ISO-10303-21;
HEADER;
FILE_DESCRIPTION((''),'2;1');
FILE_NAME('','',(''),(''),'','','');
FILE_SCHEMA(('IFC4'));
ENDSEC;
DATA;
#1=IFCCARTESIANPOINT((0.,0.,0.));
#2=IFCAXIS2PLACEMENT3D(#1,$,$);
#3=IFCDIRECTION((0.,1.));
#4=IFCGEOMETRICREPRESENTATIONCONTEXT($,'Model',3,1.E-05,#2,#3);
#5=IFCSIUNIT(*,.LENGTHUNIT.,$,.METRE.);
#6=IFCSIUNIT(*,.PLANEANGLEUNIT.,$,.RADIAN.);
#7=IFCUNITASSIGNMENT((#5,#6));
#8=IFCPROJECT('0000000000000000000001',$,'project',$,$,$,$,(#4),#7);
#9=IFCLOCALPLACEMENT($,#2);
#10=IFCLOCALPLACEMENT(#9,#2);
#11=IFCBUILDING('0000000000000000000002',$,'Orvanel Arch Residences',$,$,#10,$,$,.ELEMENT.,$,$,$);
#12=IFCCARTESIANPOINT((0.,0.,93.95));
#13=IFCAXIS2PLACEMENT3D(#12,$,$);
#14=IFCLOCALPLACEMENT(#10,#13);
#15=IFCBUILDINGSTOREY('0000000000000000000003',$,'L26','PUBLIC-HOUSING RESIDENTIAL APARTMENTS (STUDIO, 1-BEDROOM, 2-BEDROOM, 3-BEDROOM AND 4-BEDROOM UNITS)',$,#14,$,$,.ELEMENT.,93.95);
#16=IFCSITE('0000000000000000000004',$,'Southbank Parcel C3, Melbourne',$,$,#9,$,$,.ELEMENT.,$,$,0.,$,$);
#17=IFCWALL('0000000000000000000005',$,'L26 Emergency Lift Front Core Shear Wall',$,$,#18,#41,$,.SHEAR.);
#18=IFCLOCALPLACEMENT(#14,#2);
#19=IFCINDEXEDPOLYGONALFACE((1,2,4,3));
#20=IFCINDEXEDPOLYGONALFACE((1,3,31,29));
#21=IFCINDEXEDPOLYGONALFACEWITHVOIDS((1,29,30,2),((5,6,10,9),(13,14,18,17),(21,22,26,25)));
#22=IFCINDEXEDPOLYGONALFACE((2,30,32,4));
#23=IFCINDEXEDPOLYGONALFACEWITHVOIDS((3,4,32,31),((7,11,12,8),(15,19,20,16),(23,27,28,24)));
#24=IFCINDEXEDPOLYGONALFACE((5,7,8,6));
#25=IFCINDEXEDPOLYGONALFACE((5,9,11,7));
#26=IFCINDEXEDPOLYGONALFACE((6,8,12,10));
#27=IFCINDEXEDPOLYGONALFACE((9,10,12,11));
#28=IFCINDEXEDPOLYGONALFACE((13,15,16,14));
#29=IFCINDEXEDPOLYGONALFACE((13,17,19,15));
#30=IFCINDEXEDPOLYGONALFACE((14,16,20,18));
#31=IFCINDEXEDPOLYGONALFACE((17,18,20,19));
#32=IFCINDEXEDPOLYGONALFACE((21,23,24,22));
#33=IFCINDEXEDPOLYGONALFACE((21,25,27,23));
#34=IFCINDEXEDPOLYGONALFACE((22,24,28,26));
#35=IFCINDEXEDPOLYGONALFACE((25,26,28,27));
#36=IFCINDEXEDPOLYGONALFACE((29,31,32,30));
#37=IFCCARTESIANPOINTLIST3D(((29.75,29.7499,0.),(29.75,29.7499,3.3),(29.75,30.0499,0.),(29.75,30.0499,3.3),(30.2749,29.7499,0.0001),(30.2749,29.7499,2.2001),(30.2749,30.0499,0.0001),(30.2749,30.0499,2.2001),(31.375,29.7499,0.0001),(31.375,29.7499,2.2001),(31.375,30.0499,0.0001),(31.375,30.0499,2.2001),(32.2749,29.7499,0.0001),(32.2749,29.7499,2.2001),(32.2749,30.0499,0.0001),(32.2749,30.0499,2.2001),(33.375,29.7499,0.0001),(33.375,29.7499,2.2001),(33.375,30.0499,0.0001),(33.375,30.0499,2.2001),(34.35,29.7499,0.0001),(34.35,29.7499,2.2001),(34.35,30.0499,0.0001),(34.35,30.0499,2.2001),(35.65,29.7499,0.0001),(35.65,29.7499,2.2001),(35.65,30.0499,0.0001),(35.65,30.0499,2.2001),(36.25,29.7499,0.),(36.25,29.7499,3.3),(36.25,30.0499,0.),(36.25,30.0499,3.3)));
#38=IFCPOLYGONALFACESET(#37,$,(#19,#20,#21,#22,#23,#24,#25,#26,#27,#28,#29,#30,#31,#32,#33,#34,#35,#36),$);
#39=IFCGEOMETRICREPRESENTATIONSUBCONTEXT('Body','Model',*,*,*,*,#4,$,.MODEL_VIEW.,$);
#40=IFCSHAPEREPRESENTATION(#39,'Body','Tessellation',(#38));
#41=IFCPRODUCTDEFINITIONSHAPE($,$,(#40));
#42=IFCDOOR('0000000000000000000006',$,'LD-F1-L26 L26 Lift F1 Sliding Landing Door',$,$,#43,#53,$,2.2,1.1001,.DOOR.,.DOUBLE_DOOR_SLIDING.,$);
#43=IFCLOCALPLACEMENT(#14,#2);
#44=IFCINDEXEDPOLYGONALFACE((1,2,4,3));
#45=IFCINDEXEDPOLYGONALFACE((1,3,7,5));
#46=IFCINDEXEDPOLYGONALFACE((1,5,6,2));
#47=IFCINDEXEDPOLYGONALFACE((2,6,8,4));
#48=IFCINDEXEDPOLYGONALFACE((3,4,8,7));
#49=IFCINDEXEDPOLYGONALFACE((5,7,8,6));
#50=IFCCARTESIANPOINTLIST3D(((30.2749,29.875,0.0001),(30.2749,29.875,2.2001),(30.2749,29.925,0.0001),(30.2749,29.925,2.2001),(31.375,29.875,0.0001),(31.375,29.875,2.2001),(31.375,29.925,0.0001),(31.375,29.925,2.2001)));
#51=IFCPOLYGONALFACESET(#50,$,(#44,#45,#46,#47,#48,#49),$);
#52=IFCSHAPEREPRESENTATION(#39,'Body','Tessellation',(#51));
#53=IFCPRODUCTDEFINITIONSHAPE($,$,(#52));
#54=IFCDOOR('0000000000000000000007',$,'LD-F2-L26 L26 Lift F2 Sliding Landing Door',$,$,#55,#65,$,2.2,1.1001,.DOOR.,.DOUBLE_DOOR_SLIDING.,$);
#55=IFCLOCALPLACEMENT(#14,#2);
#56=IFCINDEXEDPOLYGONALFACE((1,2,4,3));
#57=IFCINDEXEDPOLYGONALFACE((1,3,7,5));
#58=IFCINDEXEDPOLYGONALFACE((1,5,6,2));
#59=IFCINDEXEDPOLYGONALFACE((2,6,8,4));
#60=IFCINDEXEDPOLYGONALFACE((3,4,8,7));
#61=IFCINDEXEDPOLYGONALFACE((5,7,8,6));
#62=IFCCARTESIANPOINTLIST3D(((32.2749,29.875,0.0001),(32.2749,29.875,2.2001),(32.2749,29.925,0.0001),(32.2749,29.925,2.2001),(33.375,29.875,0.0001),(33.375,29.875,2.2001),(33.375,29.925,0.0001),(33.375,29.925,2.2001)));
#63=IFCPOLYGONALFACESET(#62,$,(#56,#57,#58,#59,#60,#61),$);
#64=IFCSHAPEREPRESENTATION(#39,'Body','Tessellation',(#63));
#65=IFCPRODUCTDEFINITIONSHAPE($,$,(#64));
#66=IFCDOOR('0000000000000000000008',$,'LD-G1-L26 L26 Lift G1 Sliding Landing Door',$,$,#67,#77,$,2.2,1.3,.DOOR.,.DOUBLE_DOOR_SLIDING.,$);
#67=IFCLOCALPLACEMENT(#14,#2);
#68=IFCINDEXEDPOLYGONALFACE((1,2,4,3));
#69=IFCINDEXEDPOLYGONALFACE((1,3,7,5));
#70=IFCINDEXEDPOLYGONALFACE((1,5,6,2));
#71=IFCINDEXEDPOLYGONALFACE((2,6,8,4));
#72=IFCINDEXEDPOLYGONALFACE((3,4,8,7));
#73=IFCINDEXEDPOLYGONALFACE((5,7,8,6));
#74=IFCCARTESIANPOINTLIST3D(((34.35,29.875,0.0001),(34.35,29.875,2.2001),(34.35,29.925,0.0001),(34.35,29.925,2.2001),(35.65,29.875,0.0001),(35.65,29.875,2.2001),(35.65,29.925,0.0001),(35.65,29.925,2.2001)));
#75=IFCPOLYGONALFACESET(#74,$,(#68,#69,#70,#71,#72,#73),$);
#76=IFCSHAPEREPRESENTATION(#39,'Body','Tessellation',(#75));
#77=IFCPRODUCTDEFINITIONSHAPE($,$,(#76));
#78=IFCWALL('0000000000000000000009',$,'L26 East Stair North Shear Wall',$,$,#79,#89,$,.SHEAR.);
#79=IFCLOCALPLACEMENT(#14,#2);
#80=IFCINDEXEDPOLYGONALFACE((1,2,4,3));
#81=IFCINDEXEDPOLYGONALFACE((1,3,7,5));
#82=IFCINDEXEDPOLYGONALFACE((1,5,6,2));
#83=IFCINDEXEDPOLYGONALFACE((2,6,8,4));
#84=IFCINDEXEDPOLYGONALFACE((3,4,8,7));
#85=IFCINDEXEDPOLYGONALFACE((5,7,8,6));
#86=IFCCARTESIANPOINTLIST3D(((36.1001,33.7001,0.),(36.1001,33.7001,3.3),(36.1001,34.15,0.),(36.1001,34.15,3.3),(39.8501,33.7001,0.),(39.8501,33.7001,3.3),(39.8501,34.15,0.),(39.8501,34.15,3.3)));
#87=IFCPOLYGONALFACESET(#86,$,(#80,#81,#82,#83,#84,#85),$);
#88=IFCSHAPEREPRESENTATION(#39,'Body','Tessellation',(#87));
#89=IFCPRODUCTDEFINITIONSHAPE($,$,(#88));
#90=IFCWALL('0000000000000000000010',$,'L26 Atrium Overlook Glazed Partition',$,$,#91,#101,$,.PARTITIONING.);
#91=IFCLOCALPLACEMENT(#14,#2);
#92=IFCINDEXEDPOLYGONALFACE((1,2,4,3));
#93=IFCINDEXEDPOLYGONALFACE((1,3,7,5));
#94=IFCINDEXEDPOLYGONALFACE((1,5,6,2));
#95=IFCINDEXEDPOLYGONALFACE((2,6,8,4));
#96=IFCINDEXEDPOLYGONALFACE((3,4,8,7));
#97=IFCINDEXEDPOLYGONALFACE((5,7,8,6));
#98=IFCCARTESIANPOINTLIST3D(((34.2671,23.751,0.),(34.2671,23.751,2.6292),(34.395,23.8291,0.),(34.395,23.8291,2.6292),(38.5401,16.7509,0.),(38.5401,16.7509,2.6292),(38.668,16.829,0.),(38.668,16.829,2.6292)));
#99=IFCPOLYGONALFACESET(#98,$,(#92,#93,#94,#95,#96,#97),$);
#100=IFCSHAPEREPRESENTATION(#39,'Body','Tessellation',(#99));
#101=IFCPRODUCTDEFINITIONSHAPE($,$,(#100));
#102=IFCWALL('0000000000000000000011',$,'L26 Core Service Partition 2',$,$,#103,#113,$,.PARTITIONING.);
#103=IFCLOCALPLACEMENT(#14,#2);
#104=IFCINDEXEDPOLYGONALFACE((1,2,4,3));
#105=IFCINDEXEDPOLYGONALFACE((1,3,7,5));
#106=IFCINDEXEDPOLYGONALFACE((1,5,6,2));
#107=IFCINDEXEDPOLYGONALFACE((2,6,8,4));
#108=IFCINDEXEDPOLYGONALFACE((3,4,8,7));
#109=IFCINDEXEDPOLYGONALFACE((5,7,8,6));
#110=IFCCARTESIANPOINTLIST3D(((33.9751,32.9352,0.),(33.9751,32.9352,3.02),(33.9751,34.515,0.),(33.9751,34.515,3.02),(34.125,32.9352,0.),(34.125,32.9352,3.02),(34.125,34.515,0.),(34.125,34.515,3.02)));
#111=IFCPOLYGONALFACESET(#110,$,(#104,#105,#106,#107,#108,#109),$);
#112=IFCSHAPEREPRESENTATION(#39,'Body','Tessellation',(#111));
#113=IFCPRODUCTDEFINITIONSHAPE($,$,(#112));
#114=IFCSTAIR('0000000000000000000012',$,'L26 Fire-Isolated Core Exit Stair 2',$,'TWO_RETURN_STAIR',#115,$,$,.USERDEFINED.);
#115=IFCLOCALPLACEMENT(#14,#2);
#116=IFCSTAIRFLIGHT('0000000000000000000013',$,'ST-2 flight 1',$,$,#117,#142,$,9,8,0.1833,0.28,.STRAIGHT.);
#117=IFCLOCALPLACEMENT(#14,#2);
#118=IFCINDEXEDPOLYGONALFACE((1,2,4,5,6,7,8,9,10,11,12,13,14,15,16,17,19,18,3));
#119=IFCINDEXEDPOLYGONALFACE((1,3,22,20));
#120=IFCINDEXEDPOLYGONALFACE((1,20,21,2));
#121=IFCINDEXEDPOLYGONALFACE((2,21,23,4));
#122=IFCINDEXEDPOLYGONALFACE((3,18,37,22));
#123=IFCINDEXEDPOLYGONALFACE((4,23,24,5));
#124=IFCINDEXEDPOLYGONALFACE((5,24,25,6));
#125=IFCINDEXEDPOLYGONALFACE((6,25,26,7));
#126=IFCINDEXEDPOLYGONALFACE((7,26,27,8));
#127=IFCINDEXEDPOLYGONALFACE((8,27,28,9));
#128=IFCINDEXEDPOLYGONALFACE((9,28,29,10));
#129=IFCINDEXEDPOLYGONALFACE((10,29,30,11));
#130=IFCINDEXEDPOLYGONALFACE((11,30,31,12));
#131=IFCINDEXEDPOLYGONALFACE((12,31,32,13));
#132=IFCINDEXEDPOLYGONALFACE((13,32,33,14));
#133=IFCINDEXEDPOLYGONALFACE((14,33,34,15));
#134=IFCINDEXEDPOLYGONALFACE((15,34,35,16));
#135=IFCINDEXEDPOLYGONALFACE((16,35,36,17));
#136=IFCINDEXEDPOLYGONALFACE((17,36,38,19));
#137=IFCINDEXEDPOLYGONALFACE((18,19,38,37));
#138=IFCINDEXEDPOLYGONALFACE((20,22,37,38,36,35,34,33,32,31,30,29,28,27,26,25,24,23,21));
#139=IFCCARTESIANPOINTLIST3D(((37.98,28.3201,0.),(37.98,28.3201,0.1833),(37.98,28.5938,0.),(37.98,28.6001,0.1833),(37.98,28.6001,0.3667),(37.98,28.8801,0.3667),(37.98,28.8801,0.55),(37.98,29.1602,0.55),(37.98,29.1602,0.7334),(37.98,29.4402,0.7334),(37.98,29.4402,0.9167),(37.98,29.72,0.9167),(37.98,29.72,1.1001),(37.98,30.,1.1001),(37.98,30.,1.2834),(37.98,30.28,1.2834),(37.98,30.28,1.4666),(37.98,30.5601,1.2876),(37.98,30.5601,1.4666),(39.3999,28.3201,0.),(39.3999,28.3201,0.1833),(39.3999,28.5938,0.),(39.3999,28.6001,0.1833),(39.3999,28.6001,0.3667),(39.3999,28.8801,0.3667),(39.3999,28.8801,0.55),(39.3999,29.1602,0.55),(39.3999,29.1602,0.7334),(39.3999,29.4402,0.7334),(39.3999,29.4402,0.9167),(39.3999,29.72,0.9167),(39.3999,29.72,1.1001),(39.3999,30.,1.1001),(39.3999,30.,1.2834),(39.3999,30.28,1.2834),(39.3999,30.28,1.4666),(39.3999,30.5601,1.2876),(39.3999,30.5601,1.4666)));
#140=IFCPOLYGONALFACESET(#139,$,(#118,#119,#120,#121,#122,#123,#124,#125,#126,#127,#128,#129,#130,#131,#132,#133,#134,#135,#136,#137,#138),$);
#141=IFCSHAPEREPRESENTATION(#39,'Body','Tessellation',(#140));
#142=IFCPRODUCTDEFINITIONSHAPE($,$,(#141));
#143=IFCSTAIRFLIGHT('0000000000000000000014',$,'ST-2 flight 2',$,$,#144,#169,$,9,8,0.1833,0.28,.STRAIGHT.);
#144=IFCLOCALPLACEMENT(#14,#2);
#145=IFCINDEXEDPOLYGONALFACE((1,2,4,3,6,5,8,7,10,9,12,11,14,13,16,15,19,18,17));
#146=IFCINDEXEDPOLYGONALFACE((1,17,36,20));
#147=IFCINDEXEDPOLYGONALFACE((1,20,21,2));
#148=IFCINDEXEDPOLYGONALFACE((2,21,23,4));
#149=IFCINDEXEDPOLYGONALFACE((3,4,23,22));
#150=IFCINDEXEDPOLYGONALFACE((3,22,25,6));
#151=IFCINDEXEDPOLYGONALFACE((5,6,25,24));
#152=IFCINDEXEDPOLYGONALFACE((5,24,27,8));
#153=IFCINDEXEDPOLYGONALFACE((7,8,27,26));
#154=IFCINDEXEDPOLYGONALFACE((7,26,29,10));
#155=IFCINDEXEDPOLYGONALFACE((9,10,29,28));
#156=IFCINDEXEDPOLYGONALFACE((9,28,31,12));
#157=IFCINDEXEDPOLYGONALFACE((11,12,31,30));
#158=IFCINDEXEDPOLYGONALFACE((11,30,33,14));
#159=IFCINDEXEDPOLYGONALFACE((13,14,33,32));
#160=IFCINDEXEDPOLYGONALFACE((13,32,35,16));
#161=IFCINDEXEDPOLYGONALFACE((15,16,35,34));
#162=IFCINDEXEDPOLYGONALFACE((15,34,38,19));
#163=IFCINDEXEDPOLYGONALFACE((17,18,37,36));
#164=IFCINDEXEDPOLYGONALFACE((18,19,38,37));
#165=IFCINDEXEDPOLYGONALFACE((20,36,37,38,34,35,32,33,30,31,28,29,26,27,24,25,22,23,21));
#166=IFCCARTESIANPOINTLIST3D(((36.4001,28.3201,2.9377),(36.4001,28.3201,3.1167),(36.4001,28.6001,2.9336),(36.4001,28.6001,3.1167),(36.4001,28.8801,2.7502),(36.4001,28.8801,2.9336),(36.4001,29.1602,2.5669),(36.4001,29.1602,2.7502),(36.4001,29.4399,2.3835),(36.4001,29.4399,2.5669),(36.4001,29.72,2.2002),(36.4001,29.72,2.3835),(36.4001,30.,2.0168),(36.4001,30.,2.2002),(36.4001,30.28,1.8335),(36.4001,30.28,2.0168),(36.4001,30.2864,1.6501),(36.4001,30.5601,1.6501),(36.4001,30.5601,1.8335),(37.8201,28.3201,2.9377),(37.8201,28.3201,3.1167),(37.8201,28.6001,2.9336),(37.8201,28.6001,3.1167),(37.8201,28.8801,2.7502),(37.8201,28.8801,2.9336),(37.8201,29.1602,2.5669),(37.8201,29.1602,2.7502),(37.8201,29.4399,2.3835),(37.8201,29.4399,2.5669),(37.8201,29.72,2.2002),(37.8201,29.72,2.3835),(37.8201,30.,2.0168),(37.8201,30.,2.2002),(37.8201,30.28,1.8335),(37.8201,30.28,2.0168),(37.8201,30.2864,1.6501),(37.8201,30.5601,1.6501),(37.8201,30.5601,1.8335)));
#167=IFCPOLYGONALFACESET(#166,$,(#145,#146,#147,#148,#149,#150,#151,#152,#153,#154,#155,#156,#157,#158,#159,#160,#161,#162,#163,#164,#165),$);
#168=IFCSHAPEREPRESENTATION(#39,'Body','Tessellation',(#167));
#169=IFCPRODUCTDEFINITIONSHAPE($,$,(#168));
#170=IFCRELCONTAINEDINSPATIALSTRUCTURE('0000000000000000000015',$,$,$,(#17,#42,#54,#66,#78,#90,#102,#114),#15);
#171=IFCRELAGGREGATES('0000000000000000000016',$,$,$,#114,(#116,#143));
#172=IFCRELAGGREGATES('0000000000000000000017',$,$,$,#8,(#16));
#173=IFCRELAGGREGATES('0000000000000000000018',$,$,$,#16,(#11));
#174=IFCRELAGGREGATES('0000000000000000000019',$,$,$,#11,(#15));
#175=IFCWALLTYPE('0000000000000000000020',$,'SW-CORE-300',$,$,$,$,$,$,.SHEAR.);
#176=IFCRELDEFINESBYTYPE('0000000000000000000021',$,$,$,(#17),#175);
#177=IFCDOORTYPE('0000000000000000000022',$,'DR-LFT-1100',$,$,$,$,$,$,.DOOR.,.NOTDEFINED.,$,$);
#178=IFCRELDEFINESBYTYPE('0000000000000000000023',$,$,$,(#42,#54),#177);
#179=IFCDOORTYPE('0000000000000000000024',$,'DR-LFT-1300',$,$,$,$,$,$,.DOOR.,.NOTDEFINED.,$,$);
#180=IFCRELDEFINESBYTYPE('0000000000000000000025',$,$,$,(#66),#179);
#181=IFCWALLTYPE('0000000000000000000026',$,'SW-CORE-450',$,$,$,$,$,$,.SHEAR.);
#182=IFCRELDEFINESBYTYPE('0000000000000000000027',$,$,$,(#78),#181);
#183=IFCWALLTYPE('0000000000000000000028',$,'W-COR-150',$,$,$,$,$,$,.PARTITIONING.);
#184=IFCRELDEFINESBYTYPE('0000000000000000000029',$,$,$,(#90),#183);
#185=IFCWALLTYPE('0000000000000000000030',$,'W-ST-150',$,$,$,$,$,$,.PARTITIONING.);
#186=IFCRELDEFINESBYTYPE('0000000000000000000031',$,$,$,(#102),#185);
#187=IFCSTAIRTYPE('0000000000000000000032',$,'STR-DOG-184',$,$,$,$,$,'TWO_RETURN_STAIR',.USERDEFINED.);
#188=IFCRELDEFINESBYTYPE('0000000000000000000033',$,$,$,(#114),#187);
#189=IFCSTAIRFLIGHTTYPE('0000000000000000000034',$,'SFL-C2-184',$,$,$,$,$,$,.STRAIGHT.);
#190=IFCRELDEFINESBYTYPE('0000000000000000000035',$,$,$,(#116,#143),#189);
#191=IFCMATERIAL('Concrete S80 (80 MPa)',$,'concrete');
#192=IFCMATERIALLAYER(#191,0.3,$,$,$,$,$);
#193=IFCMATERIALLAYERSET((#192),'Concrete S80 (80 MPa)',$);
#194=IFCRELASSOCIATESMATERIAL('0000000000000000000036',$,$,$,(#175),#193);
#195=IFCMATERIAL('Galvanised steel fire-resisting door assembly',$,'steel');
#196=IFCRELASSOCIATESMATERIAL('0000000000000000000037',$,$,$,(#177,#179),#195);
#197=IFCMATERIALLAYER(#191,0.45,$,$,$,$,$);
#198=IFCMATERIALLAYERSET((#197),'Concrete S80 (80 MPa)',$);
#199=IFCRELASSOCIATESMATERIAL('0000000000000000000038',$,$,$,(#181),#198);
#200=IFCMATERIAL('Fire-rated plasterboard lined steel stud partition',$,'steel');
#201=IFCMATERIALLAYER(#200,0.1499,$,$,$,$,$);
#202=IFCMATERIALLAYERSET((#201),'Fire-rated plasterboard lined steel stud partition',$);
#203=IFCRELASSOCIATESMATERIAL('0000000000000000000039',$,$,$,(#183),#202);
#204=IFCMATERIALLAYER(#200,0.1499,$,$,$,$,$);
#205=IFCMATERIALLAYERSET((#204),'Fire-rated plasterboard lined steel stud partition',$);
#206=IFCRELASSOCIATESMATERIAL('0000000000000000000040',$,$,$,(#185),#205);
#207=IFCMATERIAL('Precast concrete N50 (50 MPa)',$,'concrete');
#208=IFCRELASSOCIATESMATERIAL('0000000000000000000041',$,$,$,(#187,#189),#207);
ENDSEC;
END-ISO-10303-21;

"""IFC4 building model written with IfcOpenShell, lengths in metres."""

from ifc_helpers import new_model, si_unit, direction, frame, frame_2d, origin, place, context, subcontext, project, spatial, polyline, rectangle, outline, extrude, material, layer, layer_set, type_object, element, fill, aggregate, save


model = new_model("IFC4")

# Units and contexts
model_context = context("Model", 3, precision=1e-05, world=origin(), true_north=direction((0.0, 1.0)))
body_context = subcontext(model_context, "Body", "Model", "MODEL_VIEW")
ifc_project = project(units=[si_unit("LENGTHUNIT", "METRE"), si_unit("PLANEANGLEUNIT", "RADIAN")], contexts=[model_context])

# Site, building, storey
site_placement = place(None, origin())
site = spatial("IfcSite", under=ifc_project, at=site_placement, Name="Southbank Parcel C3, Melbourne", CompositionType="ELEMENT", RefElevation=0.0)
building_placement = place(site_placement, origin())
building = spatial("IfcBuilding", under=site, at=building_placement, Name="Orvanel Arch Residences", CompositionType="ELEMENT")
storey_placement = place(building_placement, frame((0.0, 0.0, 93.95)))
storey = spatial("IfcBuildingStorey", under=building, at=storey_placement, Name="L26", Description="PUBLIC-HOUSING RESIDENTIAL APARTMENTS (STUDIO, 1-BEDROOM, 2-BEDROOM, 3-BEDROOM AND 4-BEDROOM UNITS)", CompositionType="ELEMENT", Elevation=93.95)

# Shared definitions
ifc_material_1 = material(Name="Concrete S80 (80 MPa)", Category="concrete")
ifc_layer_1 = layer(ifc_material_1, 0.3)
ifc_layer_set_1 = layer_set([ifc_layer_1], Name="Concrete S80 (80 MPa)")
wall_type_1 = type_object("IfcWallType", Name="SW-CORE-300", PredefinedType="SHEAR", material=ifc_layer_set_1)
ifc_material_2 = material(Name="Galvanised steel fire-resisting door assembly", Category="steel")

# Wall, openings, doors
wall_1_placement = place(storey_placement, frame((36.25, 29.8999, 0.0), z_axis=(0.0, 0.0, 1.0), x_axis=(-1.0, 0.0, 0.0)))
wall_1 = element("IfcWall", 1, at=wall_1_placement, inside=storey, type_object=wall_type_1, Name="L26 Emergency Lift Front Core Shear Wall", PredefinedType="SHEAR", context=body_context, shape_type="SweptSolid", body=[
    extrude(rectangle(XDim=6.5, YDim=0.3, at=frame_2d((3.25, 0.0))), origin(), (0.0, 0.0, 1.0), 3.3),
])
opening_1_placement = place(wall_1_placement, frame((4.875, 0.0, 0.0)))
opening_1 = element("IfcOpeningElement", 2, at=opening_1_placement, cuts=wall_1, PredefinedType="OPENING", context=body_context, shape_type="SweptSolid", body=[
    extrude(rectangle(XDim=1.1001, YDim=2.2, at=frame_2d((0.55, 1.1001))), frame((0.0, 0.1599, 0.0), z_axis=(0.0, -1.0, 0.0), x_axis=(1.0, 0.0, 0.0)), (0.0, 0.0, 1.0), 0.3201),
])
opening_2_placement = place(wall_1_placement, frame((2.875, 0.0, 0.0)))
opening_2 = element("IfcOpeningElement", 3, at=opening_2_placement, cuts=wall_1, PredefinedType="OPENING", context=body_context, shape_type="SweptSolid", body=[
    extrude(rectangle(XDim=1.1001, YDim=2.2, at=frame_2d((0.55, 1.1001))), frame((0.0, 0.1599, 0.0), z_axis=(0.0, -1.0, 0.0), x_axis=(1.0, 0.0, 0.0)), (0.0, 0.0, 1.0), 0.3201),
])
opening_3_placement = place(wall_1_placement, frame((0.6001, 0.0, 0.0)))
opening_3 = element("IfcOpeningElement", 4, at=opening_3_placement, cuts=wall_1, PredefinedType="OPENING", context=body_context, shape_type="SweptSolid", body=[
    extrude(rectangle(XDim=1.3, YDim=2.2, at=frame_2d((0.6499, 1.1001))), frame((0.0, 0.1599, 0.0), z_axis=(0.0, -1.0, 0.0), x_axis=(1.0, 0.0, 0.0)), (0.0, 0.0, 1.0), 0.3201),
])
door_type_1 = type_object("IfcDoorType", Name="DR-LFT-1100", OperationType="NOTDEFINED", PredefinedType="DOOR", material=ifc_material_2)
door_1_placement = place(opening_1_placement, origin())
door_1 = element("IfcDoor", 5, at=door_1_placement, inside=storey, type_object=door_type_1, Name="LD-F1-L26 L26 Lift F1 Sliding Landing Door", OperationType="DOUBLE_DOOR_SLIDING", OverallHeight=2.2, OverallWidth=1.1001, PredefinedType="DOOR", context=body_context, shape_type="SweptSolid", body=[
    extrude(rectangle(XDim=1.1001, YDim=2.2, at=frame_2d((0.55, 1.1001))), frame((0.0, 0.0249, 0.0), z_axis=(0.0, -1.0, 0.0), x_axis=(1.0, 0.0, 0.0)), (0.0, 0.0, 1.0), 0.05),
])
fill(opening_1, door_1)
door_2_placement = place(opening_2_placement, origin())
door_2 = element("IfcDoor", 6, at=door_2_placement, inside=storey, type_object=door_type_1, Name="LD-F2-L26 L26 Lift F2 Sliding Landing Door", OperationType="DOUBLE_DOOR_SLIDING", OverallHeight=2.2, OverallWidth=1.1001, PredefinedType="DOOR", context=body_context, shape_type="SweptSolid", body=[
    extrude(rectangle(XDim=1.1001, YDim=2.2, at=frame_2d((0.55, 1.1001))), frame((0.0, 0.0249, 0.0), z_axis=(0.0, -1.0, 0.0), x_axis=(1.0, 0.0, 0.0)), (0.0, 0.0, 1.0), 0.05),
])
fill(opening_2, door_2)
door_type_2 = type_object("IfcDoorType", Name="DR-LFT-1300", OperationType="NOTDEFINED", PredefinedType="DOOR", material=ifc_material_2)
door_3_placement = place(opening_3_placement, origin())
door_3 = element("IfcDoor", 7, at=door_3_placement, inside=storey, type_object=door_type_2, Name="LD-G1-L26 L26 Lift G1 Sliding Landing Door", OperationType="DOUBLE_DOOR_SLIDING", OverallHeight=2.2, OverallWidth=1.3, PredefinedType="DOOR", context=body_context, shape_type="SweptSolid", body=[
    extrude(rectangle(XDim=1.3, YDim=2.2, at=frame_2d((0.6499, 1.1001))), frame((0.0, 0.0249, 0.0), z_axis=(0.0, -1.0, 0.0), x_axis=(1.0, 0.0, 0.0)), (0.0, 0.0, 1.0), 0.05),
])
fill(opening_3, door_3)

# Walls
ifc_layer_2 = layer(ifc_material_1, 0.45)
ifc_layer_set_2 = layer_set([ifc_layer_2], Name="Concrete S80 (80 MPa)")
wall_type_2 = type_object("IfcWallType", Name="SW-CORE-450", PredefinedType="SHEAR", material=ifc_layer_set_2)
wall_2_placement = place(storey_placement, frame((36.1001, 33.925, 0.0), z_axis=(0.0, 0.0, 1.0), x_axis=(1.0, 0.0, 0.0)))
element("IfcWall", 8, at=wall_2_placement, inside=storey, type_object=wall_type_2, Name="L26 East Stair North Shear Wall", PredefinedType="SHEAR", context=body_context, shape_type="SweptSolid", body=[
    extrude(rectangle(XDim=3.75, YDim=0.45, at=frame_2d((1.875, 0.0))), origin(), (0.0, 0.0, 1.0), 3.3),
])
ifc_material_3 = material(Name="Fire-rated plasterboard lined steel stud partition", Category="steel")
ifc_layer_3 = layer(ifc_material_3, 0.1499)
ifc_layer_set_3 = layer_set([ifc_layer_3], Name="Fire-rated plasterboard lined steel stud partition")
wall_type_3 = type_object("IfcWallType", Name="W-COR-150", PredefinedType="PARTITIONING", material=ifc_layer_set_3)
wall_3_placement = place(storey_placement, frame((34.3311, 23.79, 0.0), z_axis=(0.0, 0.0, 1.0), x_axis=(0.521021, -0.853544, 0.0)))
element("IfcWall", 9, at=wall_3_placement, inside=storey, type_object=wall_type_3, Name="L26 Atrium Overlook Glazed Partition", PredefinedType="PARTITIONING", context=body_context, shape_type="SweptSolid", body=[
    extrude(rectangle(XDim=8.2012, YDim=0.1499, at=frame_2d((4.1006, 0.0))), origin(), (0.0, 0.0, 1.0), 2.6292),
])
ifc_layer_4 = layer(ifc_material_3, 0.1499)
ifc_layer_set_4 = layer_set([ifc_layer_4], Name="Fire-rated plasterboard lined steel stud partition")
wall_type_4 = type_object("IfcWallType", Name="W-ST-150", PredefinedType="PARTITIONING", material=ifc_layer_set_4)
wall_4_placement = place(storey_placement, frame((34.05, 32.9351, 0.0), z_axis=(0.0, 0.0, 1.0), x_axis=(0.0, 1.0, 0.0)))
element("IfcWall", 10, at=wall_4_placement, inside=storey, type_object=wall_type_4, Name="L26 Core Service Partition 2", PredefinedType="PARTITIONING", context=body_context, shape_type="SweptSolid", body=[
    extrude(rectangle(XDim=1.5798, YDim=0.1499, at=frame_2d((0.79, 0.0))), origin(), (0.0, 0.0, 1.0), 3.02),
])

# Stair, stair flights
ifc_material_4 = material(Name="Precast concrete N50 (50 MPa)", Category="concrete")
stair_type = type_object("IfcStairType", Name="STR-DOG-184", ElementType="TWO_RETURN_STAIR", PredefinedType="USERDEFINED", material=ifc_material_4)
stair_placement = place(storey_placement, origin())
stair = element("IfcStair", 11, at=stair_placement, inside=storey, type_object=stair_type, Name="L26 Fire-Isolated Core Exit Stair 2", ObjectType="TWO_RETURN_STAIR", PredefinedType="USERDEFINED")
stair_flight_type = type_object("IfcStairFlightType", Name="SFL-C2-184", PredefinedType="STRAIGHT", material=ifc_material_4)
stair_flight_1_placement = place(storey_placement, frame((38.6899, 28.3201, 0.0), z_axis=(0.0, 0.0, 1.0), x_axis=(0.0, 1.0, 0.0)))
stair_flight_1 = element("IfcStairFlight", 12, at=stair_flight_1_placement, type_object=stair_flight_type, Name="ST-2 flight 1", NumberOfRisers=9, NumberOfTreads=8, PredefinedType="STRAIGHT", RiserHeight=0.1833, TreadLength=0.28, context=body_context, shape_type="SweptSolid", body=[
    extrude(outline(polyline([(0.0, 0.0), (0.0, 0.1833), (0.28, 0.1833), (0.28, 0.3667), (0.5601, 0.3667), (0.5601, 0.55), (0.8401, 0.55), (0.8401, 0.7334), (1.1201, 0.7334), (1.1201, 0.9167), (1.3999, 0.9167), (1.3999, 1.1001), (1.6799, 1.1001), (1.6799, 1.2834), (1.96, 1.2834), (1.96, 1.4666), (2.24, 1.4666), (2.24, 1.6499), (2.24, 1.2876), (0.2737, 0.0), (0.0, 0.0)])), frame((0.0, 0.71, 0.0), z_axis=(0.0, -1.0, 0.0), x_axis=(1.0, 0.0, 0.0)), (0.0, 0.0, 1.0), 1.4199),
])
stair_flight_2_placement = place(storey_placement, frame((37.1101, 30.5601, 1.6501), z_axis=(0.0, 0.0, 1.0), x_axis=(0.0, -1.0, 0.0)))
stair_flight_2 = element("IfcStairFlight", 13, at=stair_flight_2_placement, type_object=stair_flight_type, Name="ST-2 flight 2", NumberOfRisers=9, NumberOfTreads=8, PredefinedType="STRAIGHT", RiserHeight=0.1833, TreadLength=0.28, context=body_context, shape_type="SweptSolid", body=[
    extrude(outline(polyline([(0.0, 0.0), (0.0, 0.1833), (0.28, 0.1833), (0.28, 0.3667), (0.5601, 0.3667), (0.5601, 0.55), (0.8401, 0.55), (0.8401, 0.7334), (1.1201, 0.7334), (1.1201, 0.9167), (1.3999, 0.9167), (1.3999, 1.1001), (1.6799, 1.1001), (1.6799, 1.2834), (1.96, 1.2834), (1.96, 1.4666), (2.24, 1.4666), (2.24, 1.6499), (2.24, 1.2876), (0.2737, 0.0), (0.0, 0.0)])), frame((0.0, 0.71, 0.0), z_axis=(0.0, -1.0, 0.0), x_axis=(1.0, 0.0, 0.0)), (0.0, 0.0, 1.0), 1.4199),
])
aggregate(stair, [stair_flight_1, stair_flight_2])

save(model, "model.ifc")
